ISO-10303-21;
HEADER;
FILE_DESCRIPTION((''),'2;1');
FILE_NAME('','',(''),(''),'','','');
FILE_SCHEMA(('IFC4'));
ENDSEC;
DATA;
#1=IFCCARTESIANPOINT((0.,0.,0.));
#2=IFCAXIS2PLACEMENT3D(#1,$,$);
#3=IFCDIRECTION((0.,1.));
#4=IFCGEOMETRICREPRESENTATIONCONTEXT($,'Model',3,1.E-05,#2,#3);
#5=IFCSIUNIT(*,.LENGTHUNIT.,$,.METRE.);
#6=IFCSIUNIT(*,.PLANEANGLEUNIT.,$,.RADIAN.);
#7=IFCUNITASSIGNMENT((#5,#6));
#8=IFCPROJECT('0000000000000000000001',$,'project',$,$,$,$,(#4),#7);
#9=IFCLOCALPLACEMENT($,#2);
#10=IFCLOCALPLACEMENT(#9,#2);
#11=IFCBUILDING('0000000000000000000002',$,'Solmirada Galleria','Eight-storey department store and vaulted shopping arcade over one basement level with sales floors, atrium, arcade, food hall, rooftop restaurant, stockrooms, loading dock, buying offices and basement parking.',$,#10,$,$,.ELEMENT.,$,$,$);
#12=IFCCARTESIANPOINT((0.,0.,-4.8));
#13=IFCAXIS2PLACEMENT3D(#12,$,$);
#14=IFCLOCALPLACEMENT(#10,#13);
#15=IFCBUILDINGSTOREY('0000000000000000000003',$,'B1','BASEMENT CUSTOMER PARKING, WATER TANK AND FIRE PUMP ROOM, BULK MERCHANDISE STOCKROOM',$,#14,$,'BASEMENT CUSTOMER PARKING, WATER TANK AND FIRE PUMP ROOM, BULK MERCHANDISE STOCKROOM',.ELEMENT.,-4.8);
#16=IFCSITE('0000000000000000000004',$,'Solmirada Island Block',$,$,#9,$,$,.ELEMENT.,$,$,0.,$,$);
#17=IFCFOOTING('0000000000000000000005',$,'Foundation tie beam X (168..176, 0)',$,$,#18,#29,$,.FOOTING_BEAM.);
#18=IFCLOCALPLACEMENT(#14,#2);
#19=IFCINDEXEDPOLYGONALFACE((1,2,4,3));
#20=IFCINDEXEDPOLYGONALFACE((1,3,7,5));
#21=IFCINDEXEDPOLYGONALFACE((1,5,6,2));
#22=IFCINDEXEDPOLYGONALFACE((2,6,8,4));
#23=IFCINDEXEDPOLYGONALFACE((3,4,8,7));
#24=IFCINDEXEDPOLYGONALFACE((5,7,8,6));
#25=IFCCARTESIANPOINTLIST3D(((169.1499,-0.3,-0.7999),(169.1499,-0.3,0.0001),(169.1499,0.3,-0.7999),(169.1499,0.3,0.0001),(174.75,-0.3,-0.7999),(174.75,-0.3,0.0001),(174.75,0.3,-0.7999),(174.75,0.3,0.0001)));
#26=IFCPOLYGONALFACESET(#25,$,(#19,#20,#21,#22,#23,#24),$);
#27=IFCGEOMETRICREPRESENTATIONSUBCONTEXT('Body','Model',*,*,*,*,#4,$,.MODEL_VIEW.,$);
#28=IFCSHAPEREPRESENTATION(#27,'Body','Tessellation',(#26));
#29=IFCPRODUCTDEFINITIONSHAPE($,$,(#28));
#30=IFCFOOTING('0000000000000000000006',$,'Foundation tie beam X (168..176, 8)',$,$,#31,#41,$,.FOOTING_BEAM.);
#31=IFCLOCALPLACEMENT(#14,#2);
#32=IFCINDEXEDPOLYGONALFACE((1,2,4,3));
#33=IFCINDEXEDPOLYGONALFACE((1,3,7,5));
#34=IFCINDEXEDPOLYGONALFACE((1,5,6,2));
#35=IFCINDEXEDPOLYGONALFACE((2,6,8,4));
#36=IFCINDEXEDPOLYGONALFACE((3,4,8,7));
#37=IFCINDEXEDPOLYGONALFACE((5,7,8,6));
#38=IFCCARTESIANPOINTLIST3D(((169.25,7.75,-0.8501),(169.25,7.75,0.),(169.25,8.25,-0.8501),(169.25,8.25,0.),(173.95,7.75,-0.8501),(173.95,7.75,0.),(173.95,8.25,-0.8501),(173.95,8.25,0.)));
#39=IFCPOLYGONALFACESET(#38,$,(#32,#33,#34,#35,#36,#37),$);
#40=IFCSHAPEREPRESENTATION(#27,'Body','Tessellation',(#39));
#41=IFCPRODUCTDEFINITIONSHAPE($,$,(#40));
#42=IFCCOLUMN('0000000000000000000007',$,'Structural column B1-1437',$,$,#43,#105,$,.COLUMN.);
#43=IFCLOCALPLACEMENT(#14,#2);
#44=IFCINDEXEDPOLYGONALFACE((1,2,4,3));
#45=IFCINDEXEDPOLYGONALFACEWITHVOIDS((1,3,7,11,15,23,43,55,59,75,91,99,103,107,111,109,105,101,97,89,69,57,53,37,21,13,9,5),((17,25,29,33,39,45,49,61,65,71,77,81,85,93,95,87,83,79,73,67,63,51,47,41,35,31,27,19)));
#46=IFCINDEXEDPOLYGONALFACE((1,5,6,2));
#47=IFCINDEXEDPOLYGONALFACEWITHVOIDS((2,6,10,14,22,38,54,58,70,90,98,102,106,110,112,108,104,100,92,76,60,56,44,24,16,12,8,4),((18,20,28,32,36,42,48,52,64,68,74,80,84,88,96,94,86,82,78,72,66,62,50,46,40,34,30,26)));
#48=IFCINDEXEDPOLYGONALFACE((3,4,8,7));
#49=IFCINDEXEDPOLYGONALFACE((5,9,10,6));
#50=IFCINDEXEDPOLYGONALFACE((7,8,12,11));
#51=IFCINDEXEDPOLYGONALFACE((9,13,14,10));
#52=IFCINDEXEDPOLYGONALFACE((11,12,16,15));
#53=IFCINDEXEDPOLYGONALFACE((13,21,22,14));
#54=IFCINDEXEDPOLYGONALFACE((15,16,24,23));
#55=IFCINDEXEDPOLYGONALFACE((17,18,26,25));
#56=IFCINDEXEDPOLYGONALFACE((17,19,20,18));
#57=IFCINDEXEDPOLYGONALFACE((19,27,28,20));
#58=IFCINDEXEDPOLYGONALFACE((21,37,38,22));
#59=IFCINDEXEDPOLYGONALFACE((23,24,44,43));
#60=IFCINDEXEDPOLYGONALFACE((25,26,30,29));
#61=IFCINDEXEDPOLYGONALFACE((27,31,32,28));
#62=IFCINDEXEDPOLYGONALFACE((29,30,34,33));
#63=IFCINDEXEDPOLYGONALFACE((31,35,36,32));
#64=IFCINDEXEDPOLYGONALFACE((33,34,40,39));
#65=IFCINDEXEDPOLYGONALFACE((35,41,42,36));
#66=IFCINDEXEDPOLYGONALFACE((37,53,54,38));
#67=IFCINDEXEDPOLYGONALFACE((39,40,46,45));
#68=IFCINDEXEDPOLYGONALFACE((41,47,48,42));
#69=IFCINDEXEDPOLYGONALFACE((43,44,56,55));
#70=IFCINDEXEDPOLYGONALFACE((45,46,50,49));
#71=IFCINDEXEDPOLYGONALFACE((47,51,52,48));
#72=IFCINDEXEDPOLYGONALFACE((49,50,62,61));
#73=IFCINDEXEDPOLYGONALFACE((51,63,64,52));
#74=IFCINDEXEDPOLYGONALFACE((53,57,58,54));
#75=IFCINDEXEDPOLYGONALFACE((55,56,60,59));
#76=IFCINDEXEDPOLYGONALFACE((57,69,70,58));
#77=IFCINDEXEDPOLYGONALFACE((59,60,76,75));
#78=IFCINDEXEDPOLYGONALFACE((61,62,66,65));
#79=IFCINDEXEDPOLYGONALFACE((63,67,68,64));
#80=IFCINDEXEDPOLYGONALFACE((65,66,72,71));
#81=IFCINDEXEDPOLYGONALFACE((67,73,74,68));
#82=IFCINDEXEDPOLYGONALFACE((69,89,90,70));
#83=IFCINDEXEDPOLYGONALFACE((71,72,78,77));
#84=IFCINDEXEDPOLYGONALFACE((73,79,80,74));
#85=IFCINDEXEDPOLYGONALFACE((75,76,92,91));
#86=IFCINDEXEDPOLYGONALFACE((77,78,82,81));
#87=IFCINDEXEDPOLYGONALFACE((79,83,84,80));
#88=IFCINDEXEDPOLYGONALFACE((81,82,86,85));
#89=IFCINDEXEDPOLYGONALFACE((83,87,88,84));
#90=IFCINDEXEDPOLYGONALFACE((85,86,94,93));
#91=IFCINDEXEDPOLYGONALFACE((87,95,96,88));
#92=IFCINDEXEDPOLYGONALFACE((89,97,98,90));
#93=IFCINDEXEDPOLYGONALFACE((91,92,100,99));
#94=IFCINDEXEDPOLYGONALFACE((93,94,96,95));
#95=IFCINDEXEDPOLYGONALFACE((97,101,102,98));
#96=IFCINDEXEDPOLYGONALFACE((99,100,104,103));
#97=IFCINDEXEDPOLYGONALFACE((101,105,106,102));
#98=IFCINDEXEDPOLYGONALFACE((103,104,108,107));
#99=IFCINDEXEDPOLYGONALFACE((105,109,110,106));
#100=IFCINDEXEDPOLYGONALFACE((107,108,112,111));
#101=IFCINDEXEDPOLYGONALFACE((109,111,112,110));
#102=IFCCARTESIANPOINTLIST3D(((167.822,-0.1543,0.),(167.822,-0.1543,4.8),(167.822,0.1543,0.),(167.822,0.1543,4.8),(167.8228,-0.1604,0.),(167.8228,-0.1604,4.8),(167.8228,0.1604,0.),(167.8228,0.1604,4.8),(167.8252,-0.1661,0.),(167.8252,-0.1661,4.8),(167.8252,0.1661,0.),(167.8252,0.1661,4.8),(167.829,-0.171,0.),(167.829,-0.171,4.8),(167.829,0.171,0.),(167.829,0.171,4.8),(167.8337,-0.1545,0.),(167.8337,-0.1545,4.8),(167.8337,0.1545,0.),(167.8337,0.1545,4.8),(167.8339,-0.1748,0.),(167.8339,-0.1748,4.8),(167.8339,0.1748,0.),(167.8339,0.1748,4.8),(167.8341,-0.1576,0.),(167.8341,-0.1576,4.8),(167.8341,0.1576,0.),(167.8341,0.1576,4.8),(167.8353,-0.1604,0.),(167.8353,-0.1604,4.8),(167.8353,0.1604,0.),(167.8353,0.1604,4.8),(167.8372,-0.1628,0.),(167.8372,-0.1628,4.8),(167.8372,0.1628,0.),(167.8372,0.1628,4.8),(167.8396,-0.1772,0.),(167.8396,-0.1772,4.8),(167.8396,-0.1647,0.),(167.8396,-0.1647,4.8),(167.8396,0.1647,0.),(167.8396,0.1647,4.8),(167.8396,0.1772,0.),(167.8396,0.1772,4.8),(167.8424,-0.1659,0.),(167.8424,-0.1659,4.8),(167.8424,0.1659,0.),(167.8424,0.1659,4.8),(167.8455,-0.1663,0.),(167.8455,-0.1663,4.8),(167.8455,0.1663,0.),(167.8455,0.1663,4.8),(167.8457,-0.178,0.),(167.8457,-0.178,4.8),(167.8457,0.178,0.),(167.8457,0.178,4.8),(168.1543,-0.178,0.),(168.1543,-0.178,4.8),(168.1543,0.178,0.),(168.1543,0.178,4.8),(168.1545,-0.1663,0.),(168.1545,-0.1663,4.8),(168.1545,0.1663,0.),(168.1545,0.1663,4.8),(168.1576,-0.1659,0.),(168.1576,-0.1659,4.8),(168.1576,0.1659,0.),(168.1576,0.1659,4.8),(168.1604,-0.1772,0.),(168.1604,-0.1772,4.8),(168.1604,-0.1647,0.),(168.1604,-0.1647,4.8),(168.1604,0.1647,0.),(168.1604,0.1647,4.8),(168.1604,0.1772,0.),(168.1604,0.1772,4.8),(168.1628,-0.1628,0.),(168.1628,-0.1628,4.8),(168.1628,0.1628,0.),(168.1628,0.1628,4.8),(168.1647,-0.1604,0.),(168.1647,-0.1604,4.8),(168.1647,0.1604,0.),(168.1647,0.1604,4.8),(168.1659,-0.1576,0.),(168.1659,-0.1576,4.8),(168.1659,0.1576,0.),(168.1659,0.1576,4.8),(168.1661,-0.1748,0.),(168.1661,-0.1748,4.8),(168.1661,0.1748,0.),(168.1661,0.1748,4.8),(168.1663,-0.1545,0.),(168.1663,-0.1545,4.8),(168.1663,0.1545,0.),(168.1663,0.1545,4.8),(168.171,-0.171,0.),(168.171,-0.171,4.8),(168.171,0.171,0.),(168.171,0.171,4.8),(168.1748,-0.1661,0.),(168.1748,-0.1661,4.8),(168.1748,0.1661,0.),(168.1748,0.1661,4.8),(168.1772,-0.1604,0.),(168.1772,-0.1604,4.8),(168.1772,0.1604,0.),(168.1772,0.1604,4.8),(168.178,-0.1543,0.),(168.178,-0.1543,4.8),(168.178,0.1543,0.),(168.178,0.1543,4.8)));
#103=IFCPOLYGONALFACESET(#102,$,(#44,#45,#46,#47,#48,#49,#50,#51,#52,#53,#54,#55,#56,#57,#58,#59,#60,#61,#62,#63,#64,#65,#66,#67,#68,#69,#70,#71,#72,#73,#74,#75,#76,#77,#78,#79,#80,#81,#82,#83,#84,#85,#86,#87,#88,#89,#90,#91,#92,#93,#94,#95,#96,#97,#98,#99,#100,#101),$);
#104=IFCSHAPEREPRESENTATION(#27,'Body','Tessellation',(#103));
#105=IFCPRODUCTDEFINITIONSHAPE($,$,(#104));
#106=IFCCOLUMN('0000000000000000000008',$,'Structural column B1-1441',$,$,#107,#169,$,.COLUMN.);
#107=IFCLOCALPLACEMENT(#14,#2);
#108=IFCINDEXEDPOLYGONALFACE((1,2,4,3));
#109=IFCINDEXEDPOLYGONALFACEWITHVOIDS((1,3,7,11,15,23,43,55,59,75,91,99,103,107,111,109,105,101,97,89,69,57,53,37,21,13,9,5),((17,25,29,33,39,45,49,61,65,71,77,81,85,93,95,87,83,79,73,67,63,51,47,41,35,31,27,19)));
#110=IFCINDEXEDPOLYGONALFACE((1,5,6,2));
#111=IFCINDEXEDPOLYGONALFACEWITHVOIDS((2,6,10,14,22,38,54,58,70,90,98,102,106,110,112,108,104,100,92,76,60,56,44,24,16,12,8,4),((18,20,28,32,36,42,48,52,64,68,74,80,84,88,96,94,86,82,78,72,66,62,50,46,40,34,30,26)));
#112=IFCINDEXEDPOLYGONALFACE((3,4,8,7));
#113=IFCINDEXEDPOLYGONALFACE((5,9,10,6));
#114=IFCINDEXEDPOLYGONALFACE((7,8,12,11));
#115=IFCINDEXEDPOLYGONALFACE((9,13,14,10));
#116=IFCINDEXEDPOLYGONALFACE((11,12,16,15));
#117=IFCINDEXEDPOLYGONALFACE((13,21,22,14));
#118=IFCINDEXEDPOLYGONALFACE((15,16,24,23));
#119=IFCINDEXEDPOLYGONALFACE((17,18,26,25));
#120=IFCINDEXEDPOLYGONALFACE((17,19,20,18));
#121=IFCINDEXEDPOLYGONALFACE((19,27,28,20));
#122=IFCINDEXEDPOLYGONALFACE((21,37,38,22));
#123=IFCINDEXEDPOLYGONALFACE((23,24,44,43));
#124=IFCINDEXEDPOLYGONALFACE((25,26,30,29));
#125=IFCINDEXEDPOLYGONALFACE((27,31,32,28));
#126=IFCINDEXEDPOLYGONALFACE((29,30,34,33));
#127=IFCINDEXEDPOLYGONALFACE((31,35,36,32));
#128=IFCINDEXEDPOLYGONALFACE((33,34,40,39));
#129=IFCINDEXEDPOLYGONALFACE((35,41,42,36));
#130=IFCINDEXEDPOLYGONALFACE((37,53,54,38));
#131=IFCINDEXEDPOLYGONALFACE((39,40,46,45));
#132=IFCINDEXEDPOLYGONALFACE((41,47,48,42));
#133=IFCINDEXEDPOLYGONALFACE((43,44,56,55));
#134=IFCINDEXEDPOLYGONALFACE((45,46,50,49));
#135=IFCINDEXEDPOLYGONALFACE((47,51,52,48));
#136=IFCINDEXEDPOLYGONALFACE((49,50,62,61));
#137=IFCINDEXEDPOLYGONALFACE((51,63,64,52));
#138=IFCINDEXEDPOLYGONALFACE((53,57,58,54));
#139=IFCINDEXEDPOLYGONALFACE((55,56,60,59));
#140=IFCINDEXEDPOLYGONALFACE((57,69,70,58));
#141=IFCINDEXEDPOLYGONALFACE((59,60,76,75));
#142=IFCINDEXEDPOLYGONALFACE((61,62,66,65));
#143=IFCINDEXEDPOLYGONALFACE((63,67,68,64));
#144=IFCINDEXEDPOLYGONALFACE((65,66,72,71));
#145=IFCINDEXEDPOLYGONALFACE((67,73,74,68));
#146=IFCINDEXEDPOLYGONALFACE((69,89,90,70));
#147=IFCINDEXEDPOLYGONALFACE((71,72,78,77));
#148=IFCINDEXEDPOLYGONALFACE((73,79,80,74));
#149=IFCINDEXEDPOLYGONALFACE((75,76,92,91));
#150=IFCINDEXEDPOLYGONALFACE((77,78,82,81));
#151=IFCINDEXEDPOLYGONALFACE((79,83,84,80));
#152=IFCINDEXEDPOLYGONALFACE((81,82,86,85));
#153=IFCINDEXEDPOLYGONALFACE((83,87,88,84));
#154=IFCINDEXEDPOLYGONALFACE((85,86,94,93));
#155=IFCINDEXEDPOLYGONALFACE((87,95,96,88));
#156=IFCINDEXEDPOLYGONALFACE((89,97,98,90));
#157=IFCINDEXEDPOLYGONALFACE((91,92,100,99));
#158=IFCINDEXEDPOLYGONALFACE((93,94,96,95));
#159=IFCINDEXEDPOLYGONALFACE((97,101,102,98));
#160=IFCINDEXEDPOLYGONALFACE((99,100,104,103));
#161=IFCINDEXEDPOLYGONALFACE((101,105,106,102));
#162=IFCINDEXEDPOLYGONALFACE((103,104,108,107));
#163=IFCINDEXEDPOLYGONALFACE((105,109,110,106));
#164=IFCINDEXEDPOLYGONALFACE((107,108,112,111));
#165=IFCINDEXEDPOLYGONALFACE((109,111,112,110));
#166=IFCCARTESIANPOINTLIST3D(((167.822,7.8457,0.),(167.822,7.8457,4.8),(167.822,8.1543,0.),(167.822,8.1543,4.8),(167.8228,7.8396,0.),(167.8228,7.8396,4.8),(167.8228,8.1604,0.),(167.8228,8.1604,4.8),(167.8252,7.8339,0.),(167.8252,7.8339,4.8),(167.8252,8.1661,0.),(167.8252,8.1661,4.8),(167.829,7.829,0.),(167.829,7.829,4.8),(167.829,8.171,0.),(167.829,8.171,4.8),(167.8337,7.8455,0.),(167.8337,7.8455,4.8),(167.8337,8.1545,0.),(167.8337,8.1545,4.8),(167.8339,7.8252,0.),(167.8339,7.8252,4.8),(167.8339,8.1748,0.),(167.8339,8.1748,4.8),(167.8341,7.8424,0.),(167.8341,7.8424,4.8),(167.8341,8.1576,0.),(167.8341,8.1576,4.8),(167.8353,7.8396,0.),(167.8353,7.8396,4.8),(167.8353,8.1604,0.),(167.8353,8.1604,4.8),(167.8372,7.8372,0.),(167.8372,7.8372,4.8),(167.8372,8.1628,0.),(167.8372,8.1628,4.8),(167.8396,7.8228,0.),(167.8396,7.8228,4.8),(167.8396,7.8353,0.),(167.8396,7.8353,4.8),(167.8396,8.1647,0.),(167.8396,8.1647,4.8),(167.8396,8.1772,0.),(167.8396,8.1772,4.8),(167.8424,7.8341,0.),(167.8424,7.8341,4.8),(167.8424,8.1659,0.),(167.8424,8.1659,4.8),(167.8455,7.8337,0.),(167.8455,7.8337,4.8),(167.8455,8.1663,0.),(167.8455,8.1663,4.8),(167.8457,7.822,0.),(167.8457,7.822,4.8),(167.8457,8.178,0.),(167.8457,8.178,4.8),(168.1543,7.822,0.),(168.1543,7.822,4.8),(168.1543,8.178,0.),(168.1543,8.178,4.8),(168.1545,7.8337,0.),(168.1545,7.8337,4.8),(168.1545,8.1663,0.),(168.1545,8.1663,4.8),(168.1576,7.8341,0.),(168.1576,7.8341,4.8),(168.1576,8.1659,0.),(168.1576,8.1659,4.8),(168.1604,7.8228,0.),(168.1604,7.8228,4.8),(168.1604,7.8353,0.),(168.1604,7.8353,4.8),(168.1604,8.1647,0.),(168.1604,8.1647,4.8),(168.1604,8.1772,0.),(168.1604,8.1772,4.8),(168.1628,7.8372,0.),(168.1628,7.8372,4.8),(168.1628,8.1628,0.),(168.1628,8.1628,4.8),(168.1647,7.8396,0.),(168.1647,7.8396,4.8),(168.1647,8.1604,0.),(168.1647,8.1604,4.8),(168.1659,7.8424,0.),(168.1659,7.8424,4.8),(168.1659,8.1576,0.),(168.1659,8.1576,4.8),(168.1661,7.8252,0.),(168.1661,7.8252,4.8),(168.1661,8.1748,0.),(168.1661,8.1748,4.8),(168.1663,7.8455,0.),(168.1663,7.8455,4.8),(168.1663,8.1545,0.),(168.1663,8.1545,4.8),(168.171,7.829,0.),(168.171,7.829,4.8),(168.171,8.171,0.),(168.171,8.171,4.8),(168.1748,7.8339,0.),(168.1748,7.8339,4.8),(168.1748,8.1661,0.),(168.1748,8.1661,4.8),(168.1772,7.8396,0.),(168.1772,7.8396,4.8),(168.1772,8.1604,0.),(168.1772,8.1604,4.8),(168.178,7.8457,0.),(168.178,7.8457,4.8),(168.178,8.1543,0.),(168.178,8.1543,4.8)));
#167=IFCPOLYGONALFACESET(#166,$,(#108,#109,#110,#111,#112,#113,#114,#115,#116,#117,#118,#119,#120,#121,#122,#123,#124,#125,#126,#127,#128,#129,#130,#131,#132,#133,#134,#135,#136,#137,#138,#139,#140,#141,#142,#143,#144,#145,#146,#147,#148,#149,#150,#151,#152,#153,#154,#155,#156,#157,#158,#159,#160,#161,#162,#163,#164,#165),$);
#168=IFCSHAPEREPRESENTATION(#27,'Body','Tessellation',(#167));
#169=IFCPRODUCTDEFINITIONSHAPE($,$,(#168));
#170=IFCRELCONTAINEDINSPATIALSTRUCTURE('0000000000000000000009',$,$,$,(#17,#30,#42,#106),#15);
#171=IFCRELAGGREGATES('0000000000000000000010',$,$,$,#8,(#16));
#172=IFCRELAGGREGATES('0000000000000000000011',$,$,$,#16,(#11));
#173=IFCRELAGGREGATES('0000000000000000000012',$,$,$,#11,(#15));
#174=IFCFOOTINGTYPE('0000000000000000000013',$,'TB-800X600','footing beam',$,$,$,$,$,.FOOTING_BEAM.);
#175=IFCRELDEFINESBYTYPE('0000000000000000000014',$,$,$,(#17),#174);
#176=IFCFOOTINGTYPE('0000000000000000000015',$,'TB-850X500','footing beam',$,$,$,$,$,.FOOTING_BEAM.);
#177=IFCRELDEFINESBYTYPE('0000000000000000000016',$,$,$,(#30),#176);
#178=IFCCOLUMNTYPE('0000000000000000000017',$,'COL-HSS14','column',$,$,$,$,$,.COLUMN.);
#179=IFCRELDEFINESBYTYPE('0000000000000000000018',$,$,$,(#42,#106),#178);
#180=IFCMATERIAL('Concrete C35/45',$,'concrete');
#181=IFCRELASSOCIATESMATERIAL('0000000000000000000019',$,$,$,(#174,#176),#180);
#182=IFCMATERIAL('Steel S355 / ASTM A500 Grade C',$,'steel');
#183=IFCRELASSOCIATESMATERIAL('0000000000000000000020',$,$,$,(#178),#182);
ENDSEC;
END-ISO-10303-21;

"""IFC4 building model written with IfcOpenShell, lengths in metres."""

from ifc_helpers import new_model, si_unit, direction, frame, origin, origin_2d, place, context, subcontext, project, spatial, rectangle, hollow_rectangle, extrude, material, material_profile, profile_set, type_object, element, save


model = new_model("IFC4")

# Units and contexts
model_context = context("Model", 3, precision=1e-05, world=origin(), true_north=direction((0.0, 1.0)))
body_context = subcontext(model_context, "Body", "Model", "MODEL_VIEW")
ifc_project = project(units=[si_unit("LENGTHUNIT", "METRE"), si_unit("PLANEANGLEUNIT", "RADIAN")], contexts=[model_context])

# Site, building, storey
site_placement = place(None, origin())
site = spatial("IfcSite", under=ifc_project, at=site_placement, Name="Solmirada Island Block", CompositionType="ELEMENT", RefElevation=0.0)
building_placement = place(site_placement, origin())
building = spatial("IfcBuilding", under=site, at=building_placement, Name="Solmirada Galleria", Description="Eight-storey department store and vaulted shopping arcade over one basement level with sales floors, atrium, arcade, food hall, rooftop restaurant, stockrooms, loading dock, buying offices and basement parking.", CompositionType="ELEMENT")
storey_placement = place(building_placement, frame((0.0, 0.0, -4.8)))
storey = spatial("IfcBuildingStorey", under=building, at=storey_placement, Name="B1", Description="BASEMENT CUSTOMER PARKING, WATER TANK AND FIRE PUMP ROOM, BULK MERCHANDISE STOCKROOM", LongName="BASEMENT CUSTOMER PARKING, WATER TANK AND FIRE PUMP ROOM, BULK MERCHANDISE STOCKROOM", CompositionType="ELEMENT", Elevation=-4.8)

# Shared definitions
ifc_material_1 = material(Name="Concrete C35/45", Category="concrete")

# Footings
ifc_material_profile_1 = material_profile(ifc_material_1, rectangle(XDim=0.6001, YDim=0.8, at=origin_2d()), Name="RC800X600")
ifc_profile_set_1 = profile_set([ifc_material_profile_1], Name="Concrete C35/45")
footing_type_1 = type_object("IfcFootingType", Name="TB-800X600", Description="footing beam", PredefinedType="FOOTING_BEAM", material=ifc_profile_set_1)
footing_1_placement = place(storey_placement, frame((169.1499, 0.0, -0.3999), z_axis=(1.0, 0.0, 0.0), x_axis=(0.0, 1.0, 0.0)))
element("IfcFooting", 1, at=footing_1_placement, inside=storey, type_object=footing_type_1, Name="Foundation tie beam X (168..176, 0)", PredefinedType="FOOTING_BEAM", context=body_context, shape_type="SweptSolid", body=[
    extrude(rectangle(XDim=0.6001, YDim=0.8, at=origin_2d()), origin(), (0.0, 0.0, 1.0), 5.6001),
])
ifc_material_profile_2 = material_profile(ifc_material_1, rectangle(XDim=0.5, YDim=0.8501, at=origin_2d()), Name="RC850X500")
ifc_profile_set_2 = profile_set([ifc_material_profile_2], Name="Concrete C35/45")
footing_type_2 = type_object("IfcFootingType", Name="TB-850X500", Description="footing beam", PredefinedType="FOOTING_BEAM", material=ifc_profile_set_2)
footing_2_placement = place(storey_placement, frame((169.25, 8.0, -0.425), z_axis=(1.0, 0.0, 0.0), x_axis=(0.0, 1.0, 0.0)))
element("IfcFooting", 2, at=footing_2_placement, inside=storey, type_object=footing_type_2, Name="Foundation tie beam X (168..176, 8)", PredefinedType="FOOTING_BEAM", context=body_context, shape_type="SweptSolid", body=[
    extrude(rectangle(XDim=0.5, YDim=0.8501, at=origin_2d()), origin(), (0.0, 0.0, 1.0), 4.7),
])

# Columns
ifc_material_2 = material(Name="Steel S355 / ASTM A500 Grade C", Category="steel")
ifc_material_profile_3 = material_profile(ifc_material_2, hollow_rectangle(XDim=0.356, YDim=0.356, WallThickness=0.0117, InnerFilletRadius=0.0117, OuterFilletRadius=0.0237, at=origin_2d()), Name="HSS14X14X1/2")
ifc_profile_set_3 = profile_set([ifc_material_profile_3], Name="Steel S355 / ASTM A500 Grade C")
column_type = type_object("IfcColumnType", Name="COL-HSS14", Description="column", PredefinedType="COLUMN", material=ifc_profile_set_3)
for number, where, z_axis, x_axis, name in (
    (3, (168.0, 0.0, 0.0), (0.0, 0.0, 1.0), (1.0, 0.0, 0.0), "Structural column B1-1437"),
    (4, (168.0, 8.0, 0.0), (0.0, 0.0, 1.0), (1.0, 0.0, 0.0), "Structural column B1-1441"),
):
    element("IfcColumn", number, at=place(storey_placement, frame(where, z_axis=z_axis, x_axis=x_axis)), inside=storey, type_object=column_type, Name=name, PredefinedType="COLUMN", context=body_context, shape_type="SweptSolid", body=[
        extrude(hollow_rectangle(XDim=0.356, YDim=0.356, WallThickness=0.0117, InnerFilletRadius=0.0117, OuterFilletRadius=0.0237, at=origin_2d()), origin(), (0.0, 0.0, 1.0), 4.8),
    ])

save(model, "model.ifc")
